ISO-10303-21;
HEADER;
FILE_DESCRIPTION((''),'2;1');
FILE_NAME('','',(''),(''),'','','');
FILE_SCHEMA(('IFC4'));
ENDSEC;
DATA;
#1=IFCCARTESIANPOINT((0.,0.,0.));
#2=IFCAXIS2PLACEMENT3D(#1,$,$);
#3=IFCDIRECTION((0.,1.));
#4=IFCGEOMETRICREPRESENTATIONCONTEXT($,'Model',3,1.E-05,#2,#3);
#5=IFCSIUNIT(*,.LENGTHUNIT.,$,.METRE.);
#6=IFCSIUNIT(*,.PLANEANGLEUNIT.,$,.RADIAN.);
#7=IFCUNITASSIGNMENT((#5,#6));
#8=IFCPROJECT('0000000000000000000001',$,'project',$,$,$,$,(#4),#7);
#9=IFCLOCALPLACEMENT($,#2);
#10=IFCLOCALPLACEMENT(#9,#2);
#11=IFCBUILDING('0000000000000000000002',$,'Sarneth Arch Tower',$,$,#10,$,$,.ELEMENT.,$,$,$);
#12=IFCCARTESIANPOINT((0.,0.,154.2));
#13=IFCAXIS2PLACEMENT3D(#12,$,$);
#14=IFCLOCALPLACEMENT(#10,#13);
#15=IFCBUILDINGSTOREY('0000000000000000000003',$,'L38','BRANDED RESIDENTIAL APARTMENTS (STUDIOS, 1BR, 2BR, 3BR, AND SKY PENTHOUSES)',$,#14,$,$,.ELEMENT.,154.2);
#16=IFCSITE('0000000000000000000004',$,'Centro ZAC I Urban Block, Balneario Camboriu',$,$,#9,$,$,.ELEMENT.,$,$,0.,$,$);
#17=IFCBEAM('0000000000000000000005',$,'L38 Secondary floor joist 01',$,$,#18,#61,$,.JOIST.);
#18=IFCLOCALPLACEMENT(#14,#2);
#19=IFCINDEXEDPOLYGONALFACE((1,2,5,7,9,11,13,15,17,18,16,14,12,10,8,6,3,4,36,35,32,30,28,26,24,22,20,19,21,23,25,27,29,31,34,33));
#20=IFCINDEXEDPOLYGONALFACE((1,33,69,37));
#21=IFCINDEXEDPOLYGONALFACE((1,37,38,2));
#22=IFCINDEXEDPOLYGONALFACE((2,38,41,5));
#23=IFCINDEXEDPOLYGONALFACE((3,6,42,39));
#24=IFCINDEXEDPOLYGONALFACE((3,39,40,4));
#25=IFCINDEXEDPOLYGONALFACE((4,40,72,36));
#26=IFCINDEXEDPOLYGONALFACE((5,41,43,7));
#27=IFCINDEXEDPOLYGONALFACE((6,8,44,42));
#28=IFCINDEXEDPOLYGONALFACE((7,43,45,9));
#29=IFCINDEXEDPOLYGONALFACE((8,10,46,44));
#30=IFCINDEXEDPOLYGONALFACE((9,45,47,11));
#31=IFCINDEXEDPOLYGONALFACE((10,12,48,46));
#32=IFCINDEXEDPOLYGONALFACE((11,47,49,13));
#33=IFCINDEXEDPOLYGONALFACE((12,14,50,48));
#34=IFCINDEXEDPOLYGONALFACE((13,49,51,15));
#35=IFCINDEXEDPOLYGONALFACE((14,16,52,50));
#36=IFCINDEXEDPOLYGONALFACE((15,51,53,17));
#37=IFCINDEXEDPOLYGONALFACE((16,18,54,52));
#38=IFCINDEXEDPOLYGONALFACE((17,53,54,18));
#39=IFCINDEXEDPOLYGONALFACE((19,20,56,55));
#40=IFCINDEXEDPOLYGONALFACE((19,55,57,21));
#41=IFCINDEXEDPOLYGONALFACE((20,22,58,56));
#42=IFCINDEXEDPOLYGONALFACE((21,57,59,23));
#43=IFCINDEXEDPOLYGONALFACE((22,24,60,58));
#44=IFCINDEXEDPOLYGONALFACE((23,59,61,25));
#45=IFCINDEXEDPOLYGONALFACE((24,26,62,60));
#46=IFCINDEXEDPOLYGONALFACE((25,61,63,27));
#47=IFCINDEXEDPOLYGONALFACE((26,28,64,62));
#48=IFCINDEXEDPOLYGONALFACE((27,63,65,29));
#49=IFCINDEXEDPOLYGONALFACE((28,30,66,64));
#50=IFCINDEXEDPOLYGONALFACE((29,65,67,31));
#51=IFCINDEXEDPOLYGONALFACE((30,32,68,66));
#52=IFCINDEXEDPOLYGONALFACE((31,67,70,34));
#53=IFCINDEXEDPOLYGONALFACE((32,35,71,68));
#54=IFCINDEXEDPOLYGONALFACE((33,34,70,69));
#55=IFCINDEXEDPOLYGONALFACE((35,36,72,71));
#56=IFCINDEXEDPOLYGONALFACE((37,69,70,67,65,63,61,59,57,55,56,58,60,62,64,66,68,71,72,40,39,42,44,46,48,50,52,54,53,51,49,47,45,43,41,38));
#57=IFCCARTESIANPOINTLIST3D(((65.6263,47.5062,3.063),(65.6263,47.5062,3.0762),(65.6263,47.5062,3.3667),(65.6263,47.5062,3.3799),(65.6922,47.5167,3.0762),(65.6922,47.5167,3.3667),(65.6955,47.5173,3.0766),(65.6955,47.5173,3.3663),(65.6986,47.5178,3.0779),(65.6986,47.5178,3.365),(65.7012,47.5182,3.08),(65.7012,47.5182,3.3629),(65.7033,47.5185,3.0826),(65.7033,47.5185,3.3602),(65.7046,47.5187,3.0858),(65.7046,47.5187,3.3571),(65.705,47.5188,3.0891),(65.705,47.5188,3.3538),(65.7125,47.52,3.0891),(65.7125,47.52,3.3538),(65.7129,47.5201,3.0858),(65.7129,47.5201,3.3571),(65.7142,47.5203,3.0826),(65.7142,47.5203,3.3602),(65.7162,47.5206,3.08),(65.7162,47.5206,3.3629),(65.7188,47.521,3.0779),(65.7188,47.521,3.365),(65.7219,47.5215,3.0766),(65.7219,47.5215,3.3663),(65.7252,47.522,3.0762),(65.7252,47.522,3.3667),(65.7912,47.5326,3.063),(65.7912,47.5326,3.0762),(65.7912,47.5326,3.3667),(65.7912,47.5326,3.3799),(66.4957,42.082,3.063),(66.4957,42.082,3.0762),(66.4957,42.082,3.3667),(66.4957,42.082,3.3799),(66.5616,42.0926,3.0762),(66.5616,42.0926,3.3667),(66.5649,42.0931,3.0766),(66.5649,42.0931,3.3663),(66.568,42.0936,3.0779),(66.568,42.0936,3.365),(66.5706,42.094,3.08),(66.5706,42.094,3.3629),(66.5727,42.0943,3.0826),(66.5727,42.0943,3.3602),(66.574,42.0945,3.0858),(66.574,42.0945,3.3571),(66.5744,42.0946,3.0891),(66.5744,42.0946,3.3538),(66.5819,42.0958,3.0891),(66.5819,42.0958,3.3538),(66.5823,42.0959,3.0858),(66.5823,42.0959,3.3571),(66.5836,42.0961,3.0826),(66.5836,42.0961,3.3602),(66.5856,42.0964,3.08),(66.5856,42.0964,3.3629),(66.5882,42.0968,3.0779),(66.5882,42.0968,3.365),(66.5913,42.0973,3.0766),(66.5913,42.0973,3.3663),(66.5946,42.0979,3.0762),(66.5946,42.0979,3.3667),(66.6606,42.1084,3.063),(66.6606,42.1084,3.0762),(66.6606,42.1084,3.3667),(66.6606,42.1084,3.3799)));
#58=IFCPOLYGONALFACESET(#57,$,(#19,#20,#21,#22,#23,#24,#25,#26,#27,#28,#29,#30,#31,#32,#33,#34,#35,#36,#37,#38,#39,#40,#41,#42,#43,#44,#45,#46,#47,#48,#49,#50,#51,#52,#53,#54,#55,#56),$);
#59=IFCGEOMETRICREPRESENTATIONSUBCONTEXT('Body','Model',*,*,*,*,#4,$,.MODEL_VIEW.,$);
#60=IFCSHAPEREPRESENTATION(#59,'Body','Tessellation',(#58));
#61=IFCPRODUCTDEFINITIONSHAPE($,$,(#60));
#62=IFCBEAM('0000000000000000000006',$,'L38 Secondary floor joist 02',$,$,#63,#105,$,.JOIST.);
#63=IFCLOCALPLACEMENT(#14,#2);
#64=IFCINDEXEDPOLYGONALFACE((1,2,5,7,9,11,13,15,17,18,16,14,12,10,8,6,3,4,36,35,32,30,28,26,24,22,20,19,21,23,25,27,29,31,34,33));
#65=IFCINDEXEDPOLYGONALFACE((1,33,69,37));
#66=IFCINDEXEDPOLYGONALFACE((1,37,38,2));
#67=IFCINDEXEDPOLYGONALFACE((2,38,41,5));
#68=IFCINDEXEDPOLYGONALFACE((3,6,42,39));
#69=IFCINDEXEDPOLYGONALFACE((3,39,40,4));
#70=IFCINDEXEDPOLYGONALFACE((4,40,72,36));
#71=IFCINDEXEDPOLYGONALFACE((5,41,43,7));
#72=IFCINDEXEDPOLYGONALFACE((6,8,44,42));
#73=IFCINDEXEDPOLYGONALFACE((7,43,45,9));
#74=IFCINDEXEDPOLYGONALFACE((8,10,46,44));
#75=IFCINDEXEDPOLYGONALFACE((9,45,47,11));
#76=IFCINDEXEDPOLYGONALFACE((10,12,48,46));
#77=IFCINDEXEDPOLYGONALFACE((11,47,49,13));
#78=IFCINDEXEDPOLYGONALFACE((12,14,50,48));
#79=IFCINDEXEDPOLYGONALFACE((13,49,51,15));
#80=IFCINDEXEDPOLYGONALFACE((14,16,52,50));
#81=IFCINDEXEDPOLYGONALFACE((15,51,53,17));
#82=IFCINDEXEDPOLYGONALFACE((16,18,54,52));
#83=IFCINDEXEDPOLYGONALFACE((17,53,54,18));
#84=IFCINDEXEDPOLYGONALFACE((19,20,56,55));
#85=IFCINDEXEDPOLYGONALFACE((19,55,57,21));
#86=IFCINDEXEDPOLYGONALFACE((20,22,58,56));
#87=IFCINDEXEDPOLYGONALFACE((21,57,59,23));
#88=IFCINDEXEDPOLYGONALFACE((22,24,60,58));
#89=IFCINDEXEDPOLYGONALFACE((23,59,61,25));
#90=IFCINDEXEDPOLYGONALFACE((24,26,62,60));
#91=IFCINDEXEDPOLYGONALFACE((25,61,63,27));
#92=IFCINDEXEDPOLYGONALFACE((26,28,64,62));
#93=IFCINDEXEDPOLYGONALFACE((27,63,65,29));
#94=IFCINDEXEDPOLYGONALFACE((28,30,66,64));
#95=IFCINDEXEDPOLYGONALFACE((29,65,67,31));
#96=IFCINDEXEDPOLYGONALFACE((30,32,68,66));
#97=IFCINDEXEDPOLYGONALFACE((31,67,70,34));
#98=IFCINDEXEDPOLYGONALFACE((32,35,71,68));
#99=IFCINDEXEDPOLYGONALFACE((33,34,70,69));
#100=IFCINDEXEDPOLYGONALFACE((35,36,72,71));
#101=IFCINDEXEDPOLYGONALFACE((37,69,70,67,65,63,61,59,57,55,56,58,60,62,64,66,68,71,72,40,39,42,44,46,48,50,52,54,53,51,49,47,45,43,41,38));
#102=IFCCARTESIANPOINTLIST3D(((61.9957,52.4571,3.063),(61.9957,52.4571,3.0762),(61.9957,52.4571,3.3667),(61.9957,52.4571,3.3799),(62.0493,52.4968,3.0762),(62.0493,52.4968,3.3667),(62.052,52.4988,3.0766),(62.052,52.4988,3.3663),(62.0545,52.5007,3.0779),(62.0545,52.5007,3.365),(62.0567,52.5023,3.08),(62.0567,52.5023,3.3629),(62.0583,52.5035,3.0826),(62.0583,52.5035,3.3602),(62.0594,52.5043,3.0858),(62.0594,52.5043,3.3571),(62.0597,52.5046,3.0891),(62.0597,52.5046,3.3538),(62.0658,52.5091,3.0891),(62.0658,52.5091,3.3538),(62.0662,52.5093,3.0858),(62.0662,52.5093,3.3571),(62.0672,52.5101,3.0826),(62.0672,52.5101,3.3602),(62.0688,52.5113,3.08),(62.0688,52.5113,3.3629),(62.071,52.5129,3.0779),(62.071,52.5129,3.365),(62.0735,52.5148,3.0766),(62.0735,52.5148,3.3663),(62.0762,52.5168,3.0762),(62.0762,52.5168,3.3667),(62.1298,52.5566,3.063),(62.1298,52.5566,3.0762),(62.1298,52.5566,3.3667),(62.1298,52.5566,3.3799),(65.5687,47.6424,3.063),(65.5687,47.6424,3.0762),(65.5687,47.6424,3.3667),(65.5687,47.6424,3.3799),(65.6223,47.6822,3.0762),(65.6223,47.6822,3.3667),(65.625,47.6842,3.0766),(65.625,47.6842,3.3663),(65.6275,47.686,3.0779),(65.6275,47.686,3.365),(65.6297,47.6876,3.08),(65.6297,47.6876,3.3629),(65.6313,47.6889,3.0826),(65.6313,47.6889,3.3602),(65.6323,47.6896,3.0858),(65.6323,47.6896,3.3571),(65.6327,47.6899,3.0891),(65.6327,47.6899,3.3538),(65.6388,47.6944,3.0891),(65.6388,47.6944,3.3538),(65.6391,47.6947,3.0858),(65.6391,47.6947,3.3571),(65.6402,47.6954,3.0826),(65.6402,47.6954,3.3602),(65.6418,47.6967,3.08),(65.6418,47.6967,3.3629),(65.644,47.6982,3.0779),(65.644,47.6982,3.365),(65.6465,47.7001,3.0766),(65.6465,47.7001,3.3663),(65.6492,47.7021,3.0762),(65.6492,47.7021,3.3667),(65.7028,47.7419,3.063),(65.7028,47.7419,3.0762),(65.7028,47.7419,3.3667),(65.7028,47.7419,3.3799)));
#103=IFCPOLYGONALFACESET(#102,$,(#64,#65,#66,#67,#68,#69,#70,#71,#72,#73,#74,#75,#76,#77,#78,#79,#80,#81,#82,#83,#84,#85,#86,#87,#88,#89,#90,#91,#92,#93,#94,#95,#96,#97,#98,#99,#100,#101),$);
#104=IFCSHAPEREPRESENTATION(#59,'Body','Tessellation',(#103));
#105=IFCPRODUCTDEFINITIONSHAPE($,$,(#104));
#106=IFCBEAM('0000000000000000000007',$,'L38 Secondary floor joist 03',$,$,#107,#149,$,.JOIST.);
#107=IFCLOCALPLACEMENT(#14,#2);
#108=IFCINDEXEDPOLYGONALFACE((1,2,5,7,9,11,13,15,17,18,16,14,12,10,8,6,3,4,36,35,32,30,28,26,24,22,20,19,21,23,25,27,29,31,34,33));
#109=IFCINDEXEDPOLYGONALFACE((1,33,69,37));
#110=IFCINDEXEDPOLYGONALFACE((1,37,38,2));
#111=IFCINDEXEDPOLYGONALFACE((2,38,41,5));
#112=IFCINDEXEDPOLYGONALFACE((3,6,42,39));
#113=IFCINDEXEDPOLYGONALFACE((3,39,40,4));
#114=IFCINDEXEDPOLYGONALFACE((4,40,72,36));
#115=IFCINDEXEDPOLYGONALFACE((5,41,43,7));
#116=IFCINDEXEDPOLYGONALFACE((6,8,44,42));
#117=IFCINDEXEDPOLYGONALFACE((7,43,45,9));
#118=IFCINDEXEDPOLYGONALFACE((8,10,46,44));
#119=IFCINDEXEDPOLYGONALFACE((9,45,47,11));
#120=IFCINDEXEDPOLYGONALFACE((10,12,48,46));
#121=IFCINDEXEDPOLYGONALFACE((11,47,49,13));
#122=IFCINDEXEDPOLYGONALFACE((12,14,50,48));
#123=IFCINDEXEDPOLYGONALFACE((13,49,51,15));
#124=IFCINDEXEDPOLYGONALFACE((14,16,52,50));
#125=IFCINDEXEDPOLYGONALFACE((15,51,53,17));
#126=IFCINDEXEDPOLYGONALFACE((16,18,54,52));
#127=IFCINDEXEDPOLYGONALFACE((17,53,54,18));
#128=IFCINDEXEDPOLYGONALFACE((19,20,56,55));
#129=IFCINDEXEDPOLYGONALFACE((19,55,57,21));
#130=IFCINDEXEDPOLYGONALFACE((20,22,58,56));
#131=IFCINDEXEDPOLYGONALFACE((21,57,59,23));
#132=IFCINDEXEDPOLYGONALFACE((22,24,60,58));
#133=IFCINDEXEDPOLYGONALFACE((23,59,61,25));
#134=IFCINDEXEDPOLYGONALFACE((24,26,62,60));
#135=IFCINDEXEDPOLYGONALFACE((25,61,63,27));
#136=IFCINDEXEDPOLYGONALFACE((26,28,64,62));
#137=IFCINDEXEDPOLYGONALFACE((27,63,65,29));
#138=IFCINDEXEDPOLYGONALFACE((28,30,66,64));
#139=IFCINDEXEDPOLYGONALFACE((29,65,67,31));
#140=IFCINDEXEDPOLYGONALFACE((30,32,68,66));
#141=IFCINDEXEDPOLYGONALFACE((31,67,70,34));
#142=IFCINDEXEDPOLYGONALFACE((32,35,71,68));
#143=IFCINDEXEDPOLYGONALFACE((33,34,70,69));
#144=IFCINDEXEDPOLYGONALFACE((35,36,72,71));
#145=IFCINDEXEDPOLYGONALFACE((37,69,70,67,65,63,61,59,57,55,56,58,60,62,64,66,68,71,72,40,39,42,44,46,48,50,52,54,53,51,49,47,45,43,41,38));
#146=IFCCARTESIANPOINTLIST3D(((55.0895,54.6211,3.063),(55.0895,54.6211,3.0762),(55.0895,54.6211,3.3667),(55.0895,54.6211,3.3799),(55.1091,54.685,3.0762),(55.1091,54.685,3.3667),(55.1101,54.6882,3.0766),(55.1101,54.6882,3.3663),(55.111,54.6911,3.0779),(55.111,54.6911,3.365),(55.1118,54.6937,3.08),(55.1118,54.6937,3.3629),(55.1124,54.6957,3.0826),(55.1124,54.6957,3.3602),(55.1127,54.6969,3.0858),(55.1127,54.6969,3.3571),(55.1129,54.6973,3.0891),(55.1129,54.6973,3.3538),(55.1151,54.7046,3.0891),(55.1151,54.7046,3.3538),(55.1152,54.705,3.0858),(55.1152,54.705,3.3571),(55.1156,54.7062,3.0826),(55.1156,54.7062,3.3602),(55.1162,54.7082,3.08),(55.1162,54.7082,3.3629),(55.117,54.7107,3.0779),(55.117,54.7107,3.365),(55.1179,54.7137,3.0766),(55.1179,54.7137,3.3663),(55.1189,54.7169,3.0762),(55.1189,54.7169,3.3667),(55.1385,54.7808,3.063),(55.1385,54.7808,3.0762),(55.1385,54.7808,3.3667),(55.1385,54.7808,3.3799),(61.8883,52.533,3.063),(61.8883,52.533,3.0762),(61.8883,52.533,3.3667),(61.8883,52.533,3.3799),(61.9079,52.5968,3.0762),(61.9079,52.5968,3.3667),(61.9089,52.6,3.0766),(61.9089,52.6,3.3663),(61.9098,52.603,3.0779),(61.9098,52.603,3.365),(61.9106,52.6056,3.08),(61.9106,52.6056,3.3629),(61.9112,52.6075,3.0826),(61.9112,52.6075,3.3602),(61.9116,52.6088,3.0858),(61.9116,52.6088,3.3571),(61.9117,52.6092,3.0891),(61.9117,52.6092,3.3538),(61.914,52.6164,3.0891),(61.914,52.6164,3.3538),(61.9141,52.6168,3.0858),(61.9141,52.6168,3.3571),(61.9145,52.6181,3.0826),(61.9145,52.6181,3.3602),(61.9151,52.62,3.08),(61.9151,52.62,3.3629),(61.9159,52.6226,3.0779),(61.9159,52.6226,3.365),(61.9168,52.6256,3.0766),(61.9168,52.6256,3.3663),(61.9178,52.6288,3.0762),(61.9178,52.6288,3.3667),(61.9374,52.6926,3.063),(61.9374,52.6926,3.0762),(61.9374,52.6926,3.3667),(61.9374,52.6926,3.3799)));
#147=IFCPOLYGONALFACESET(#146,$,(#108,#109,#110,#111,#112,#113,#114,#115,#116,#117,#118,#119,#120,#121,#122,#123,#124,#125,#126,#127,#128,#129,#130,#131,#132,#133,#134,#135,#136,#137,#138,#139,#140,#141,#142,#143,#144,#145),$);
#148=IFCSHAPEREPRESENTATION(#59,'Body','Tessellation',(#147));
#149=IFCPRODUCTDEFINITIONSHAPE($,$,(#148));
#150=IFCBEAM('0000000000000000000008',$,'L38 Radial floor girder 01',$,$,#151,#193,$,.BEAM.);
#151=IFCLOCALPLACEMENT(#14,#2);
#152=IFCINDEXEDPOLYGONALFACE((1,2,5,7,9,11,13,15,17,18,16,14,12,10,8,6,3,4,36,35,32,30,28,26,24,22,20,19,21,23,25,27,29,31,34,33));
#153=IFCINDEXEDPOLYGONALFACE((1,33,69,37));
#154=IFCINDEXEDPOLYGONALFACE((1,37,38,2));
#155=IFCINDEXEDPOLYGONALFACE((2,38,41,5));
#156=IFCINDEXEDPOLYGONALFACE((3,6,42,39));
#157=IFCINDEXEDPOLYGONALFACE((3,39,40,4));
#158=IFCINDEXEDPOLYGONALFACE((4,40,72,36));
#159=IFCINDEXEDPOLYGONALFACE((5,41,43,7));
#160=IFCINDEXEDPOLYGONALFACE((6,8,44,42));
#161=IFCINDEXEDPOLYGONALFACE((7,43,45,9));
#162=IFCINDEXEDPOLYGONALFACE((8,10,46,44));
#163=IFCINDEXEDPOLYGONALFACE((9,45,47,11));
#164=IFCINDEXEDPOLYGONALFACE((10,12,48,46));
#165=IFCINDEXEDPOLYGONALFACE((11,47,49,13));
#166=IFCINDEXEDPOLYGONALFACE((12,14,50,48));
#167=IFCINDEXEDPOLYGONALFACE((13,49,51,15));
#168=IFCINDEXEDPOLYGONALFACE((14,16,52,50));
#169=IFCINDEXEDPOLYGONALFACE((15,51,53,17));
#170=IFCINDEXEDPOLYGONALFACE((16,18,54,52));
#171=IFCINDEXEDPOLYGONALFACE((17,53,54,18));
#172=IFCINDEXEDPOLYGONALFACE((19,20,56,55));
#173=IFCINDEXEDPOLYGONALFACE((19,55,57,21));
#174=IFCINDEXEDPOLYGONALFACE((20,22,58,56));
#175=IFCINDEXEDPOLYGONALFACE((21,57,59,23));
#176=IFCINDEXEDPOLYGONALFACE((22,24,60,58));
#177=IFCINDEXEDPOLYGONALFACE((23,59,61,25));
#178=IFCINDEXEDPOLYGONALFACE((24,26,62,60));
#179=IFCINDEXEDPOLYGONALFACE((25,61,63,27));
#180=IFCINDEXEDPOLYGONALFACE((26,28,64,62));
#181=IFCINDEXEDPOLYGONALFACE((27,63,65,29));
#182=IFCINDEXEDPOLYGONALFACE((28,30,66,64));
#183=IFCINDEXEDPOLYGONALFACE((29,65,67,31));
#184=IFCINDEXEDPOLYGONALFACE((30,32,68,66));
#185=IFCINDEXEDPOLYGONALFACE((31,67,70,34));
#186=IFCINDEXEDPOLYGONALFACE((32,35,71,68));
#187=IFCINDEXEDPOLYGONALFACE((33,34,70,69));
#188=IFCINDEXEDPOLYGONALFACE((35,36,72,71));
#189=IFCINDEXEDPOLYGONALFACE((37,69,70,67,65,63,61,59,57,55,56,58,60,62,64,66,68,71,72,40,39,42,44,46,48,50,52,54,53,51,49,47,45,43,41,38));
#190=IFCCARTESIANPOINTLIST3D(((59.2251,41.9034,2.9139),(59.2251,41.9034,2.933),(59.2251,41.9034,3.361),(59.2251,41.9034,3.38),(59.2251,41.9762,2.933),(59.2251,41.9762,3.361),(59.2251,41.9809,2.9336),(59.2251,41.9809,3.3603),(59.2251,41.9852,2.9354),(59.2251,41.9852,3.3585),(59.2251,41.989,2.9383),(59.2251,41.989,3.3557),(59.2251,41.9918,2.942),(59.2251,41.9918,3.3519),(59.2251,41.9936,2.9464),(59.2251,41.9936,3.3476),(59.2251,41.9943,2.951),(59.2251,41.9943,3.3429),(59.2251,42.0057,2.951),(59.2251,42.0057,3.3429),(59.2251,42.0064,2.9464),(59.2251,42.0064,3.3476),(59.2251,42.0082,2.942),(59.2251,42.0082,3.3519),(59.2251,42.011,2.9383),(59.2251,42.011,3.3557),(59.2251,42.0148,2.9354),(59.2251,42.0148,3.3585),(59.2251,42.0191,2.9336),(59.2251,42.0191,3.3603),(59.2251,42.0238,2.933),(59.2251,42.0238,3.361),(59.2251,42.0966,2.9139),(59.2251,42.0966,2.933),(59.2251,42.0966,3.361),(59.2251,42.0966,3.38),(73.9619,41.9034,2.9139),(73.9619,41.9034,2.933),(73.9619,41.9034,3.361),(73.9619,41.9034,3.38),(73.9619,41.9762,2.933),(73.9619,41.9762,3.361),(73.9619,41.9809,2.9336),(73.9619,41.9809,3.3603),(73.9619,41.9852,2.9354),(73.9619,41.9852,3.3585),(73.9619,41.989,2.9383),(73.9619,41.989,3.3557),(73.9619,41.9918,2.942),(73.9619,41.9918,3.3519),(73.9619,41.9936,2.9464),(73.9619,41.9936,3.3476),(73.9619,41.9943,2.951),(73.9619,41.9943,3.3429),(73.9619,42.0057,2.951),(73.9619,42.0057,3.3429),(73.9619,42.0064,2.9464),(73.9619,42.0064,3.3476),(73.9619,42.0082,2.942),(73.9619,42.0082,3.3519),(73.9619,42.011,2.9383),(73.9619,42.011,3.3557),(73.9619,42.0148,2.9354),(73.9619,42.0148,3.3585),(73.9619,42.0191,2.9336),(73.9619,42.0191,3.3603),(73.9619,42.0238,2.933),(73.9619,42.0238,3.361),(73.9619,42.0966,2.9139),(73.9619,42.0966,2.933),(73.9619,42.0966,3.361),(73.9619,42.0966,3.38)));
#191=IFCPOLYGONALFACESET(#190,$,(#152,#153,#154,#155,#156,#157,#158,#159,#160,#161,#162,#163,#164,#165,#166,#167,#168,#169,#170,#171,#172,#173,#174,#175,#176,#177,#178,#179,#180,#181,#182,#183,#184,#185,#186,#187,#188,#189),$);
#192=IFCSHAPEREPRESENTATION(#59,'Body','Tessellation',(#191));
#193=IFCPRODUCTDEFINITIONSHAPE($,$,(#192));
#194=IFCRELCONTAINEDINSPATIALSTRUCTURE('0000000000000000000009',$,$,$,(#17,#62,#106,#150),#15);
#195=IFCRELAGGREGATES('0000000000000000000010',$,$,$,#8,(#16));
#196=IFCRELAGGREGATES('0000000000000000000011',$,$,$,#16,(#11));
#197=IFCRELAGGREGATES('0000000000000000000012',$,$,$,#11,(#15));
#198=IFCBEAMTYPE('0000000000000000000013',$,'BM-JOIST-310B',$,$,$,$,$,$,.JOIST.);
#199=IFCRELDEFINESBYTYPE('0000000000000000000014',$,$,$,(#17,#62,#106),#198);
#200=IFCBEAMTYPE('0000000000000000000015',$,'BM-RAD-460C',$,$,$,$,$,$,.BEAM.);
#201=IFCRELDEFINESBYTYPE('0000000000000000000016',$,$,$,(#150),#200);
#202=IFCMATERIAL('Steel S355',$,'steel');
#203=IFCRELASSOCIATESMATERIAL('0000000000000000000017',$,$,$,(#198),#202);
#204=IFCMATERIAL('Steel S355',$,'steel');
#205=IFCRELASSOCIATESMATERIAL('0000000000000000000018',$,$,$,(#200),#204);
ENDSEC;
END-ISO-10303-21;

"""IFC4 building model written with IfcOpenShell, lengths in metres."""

from ifc_helpers import new_model, si_unit, direction, frame, origin, origin_2d, place, context, subcontext, project, spatial, i_section, extrude, material, material_profile, profile_set, type_object, element, save


model = new_model("IFC4")

# Units and contexts
model_context = context("Model", 3, precision=1e-05, world=origin(), true_north=direction((0.0, 1.0)))
body_context = subcontext(model_context, "Body", "Model", "MODEL_VIEW")
ifc_project = project(units=[si_unit("LENGTHUNIT", "METRE"), si_unit("PLANEANGLEUNIT", "RADIAN")], contexts=[model_context])

# Site, building, storey
site_placement = place(None, origin())
site = spatial("IfcSite", under=ifc_project, at=site_placement, Name="Centro ZAC I Urban Block, Balneario Camboriu", CompositionType="ELEMENT", RefElevation=0.0)
building_placement = place(site_placement, origin())
building = spatial("IfcBuilding", under=site, at=building_placement, Name="Sarneth Arch Tower", CompositionType="ELEMENT")
storey_placement = place(building_placement, frame((0.0, 0.0, 154.2)))
storey = spatial("IfcBuildingStorey", under=building, at=storey_placement, Name="L38", Description="BRANDED RESIDENTIAL APARTMENTS (STUDIOS, 1BR, 2BR, 3BR, AND SKY PENTHOUSES)", CompositionType="ELEMENT", Elevation=154.2)

# Beams
ifc_material_1 = material(Name="Steel S355", Category="steel")
ifc_material_profile_1 = material_profile(ifc_material_1, i_section(OverallWidth=0.167, OverallDepth=0.3169, WebThickness=0.0076, FlangeThickness=0.0132, FilletRadius=0.0129, at=origin_2d()), Name="W310x52")
ifc_profile_set_1 = profile_set([ifc_material_profile_1], Name="Steel S355")
beam_type_1 = type_object("IfcBeamType", Name="BM-JOIST-310B", PredefinedType="JOIST", material=ifc_profile_set_1)
beam_1_placement = place(storey_placement, frame((66.5781, 42.0952, 3.2214), z_axis=(-0.158263, 0.987397, 0.0), x_axis=(-0.987397, -0.158263, 0.0)))
element("IfcBeam", 1, at=beam_1_placement, inside=storey, type_object=beam_type_1, Name="L38 Secondary floor joist 01", PredefinedType="JOIST", context=body_context, shape_type="SweptSolid", body=[
    extrude(i_section(OverallWidth=0.167, OverallDepth=0.3169, WebThickness=0.0076, FlangeThickness=0.0132, FilletRadius=0.0129, at=origin_2d()), origin(), (0.0, 0.0, 1.0), 5.4934),
])
beam_2_placement = place(storey_placement, frame((65.6357, 47.6921, 3.2214), z_axis=(-0.595933, 0.803034, 0.0), x_axis=(-0.803034, -0.595933, 0.0)))
element("IfcBeam", 2, at=beam_2_placement, inside=storey, type_object=beam_type_1, Name="L38 Secondary floor joist 02", PredefinedType="JOIST", context=body_context, shape_type="SweptSolid", body=[
    extrude(i_section(OverallWidth=0.167, OverallDepth=0.3169, WebThickness=0.0076, FlangeThickness=0.0132, FilletRadius=0.0129, at=origin_2d()), origin(), (0.0, 0.0, 1.0), 5.9956),
])
beam_3_placement = place(storey_placement, frame((61.9128, 52.6128, 3.2214), z_axis=(-0.95593, 0.293596, 0.0), x_axis=(-0.293596, -0.95593, 0.0)))
element("IfcBeam", 3, at=beam_3_placement, inside=storey, type_object=beam_type_1, Name="L38 Secondary floor joist 03", PredefinedType="JOIST", context=body_context, shape_type="SweptSolid", body=[
    extrude(i_section(OverallWidth=0.167, OverallDepth=0.3169, WebThickness=0.0076, FlangeThickness=0.0132, FilletRadius=0.0129, at=origin_2d()), origin(), (0.0, 0.0, 1.0), 7.1123),
])
ifc_material_2 = material(Name="Steel S355", Category="steel")
ifc_material_profile_2 = material_profile(ifc_material_2, i_section(OverallWidth=0.1931, OverallDepth=0.4661, WebThickness=0.0115, FlangeThickness=0.019, FilletRadius=0.0181, at=origin_2d()), Name="W460x97")
ifc_profile_set_2 = profile_set([ifc_material_profile_2], Name="Steel S355")
beam_type_2 = type_object("IfcBeamType", Name="BM-RAD-460C", PredefinedType="BEAM", material=ifc_profile_set_2)
beam_4_placement = place(storey_placement, frame((59.2251, 42.0, 3.147), z_axis=(1.0, 0.0, 0.0), x_axis=(0.0, 1.0, 0.0)))
element("IfcBeam", 4, at=beam_4_placement, inside=storey, type_object=beam_type_2, Name="L38 Radial floor girder 01", PredefinedType="BEAM", context=body_context, shape_type="SweptSolid", body=[
    extrude(i_section(OverallWidth=0.1931, OverallDepth=0.4661, WebThickness=0.0115, FlangeThickness=0.019, FilletRadius=0.0181, at=origin_2d()), origin(), (0.0, 0.0, 1.0), 14.7368),
])

save(model, "model.ifc")
